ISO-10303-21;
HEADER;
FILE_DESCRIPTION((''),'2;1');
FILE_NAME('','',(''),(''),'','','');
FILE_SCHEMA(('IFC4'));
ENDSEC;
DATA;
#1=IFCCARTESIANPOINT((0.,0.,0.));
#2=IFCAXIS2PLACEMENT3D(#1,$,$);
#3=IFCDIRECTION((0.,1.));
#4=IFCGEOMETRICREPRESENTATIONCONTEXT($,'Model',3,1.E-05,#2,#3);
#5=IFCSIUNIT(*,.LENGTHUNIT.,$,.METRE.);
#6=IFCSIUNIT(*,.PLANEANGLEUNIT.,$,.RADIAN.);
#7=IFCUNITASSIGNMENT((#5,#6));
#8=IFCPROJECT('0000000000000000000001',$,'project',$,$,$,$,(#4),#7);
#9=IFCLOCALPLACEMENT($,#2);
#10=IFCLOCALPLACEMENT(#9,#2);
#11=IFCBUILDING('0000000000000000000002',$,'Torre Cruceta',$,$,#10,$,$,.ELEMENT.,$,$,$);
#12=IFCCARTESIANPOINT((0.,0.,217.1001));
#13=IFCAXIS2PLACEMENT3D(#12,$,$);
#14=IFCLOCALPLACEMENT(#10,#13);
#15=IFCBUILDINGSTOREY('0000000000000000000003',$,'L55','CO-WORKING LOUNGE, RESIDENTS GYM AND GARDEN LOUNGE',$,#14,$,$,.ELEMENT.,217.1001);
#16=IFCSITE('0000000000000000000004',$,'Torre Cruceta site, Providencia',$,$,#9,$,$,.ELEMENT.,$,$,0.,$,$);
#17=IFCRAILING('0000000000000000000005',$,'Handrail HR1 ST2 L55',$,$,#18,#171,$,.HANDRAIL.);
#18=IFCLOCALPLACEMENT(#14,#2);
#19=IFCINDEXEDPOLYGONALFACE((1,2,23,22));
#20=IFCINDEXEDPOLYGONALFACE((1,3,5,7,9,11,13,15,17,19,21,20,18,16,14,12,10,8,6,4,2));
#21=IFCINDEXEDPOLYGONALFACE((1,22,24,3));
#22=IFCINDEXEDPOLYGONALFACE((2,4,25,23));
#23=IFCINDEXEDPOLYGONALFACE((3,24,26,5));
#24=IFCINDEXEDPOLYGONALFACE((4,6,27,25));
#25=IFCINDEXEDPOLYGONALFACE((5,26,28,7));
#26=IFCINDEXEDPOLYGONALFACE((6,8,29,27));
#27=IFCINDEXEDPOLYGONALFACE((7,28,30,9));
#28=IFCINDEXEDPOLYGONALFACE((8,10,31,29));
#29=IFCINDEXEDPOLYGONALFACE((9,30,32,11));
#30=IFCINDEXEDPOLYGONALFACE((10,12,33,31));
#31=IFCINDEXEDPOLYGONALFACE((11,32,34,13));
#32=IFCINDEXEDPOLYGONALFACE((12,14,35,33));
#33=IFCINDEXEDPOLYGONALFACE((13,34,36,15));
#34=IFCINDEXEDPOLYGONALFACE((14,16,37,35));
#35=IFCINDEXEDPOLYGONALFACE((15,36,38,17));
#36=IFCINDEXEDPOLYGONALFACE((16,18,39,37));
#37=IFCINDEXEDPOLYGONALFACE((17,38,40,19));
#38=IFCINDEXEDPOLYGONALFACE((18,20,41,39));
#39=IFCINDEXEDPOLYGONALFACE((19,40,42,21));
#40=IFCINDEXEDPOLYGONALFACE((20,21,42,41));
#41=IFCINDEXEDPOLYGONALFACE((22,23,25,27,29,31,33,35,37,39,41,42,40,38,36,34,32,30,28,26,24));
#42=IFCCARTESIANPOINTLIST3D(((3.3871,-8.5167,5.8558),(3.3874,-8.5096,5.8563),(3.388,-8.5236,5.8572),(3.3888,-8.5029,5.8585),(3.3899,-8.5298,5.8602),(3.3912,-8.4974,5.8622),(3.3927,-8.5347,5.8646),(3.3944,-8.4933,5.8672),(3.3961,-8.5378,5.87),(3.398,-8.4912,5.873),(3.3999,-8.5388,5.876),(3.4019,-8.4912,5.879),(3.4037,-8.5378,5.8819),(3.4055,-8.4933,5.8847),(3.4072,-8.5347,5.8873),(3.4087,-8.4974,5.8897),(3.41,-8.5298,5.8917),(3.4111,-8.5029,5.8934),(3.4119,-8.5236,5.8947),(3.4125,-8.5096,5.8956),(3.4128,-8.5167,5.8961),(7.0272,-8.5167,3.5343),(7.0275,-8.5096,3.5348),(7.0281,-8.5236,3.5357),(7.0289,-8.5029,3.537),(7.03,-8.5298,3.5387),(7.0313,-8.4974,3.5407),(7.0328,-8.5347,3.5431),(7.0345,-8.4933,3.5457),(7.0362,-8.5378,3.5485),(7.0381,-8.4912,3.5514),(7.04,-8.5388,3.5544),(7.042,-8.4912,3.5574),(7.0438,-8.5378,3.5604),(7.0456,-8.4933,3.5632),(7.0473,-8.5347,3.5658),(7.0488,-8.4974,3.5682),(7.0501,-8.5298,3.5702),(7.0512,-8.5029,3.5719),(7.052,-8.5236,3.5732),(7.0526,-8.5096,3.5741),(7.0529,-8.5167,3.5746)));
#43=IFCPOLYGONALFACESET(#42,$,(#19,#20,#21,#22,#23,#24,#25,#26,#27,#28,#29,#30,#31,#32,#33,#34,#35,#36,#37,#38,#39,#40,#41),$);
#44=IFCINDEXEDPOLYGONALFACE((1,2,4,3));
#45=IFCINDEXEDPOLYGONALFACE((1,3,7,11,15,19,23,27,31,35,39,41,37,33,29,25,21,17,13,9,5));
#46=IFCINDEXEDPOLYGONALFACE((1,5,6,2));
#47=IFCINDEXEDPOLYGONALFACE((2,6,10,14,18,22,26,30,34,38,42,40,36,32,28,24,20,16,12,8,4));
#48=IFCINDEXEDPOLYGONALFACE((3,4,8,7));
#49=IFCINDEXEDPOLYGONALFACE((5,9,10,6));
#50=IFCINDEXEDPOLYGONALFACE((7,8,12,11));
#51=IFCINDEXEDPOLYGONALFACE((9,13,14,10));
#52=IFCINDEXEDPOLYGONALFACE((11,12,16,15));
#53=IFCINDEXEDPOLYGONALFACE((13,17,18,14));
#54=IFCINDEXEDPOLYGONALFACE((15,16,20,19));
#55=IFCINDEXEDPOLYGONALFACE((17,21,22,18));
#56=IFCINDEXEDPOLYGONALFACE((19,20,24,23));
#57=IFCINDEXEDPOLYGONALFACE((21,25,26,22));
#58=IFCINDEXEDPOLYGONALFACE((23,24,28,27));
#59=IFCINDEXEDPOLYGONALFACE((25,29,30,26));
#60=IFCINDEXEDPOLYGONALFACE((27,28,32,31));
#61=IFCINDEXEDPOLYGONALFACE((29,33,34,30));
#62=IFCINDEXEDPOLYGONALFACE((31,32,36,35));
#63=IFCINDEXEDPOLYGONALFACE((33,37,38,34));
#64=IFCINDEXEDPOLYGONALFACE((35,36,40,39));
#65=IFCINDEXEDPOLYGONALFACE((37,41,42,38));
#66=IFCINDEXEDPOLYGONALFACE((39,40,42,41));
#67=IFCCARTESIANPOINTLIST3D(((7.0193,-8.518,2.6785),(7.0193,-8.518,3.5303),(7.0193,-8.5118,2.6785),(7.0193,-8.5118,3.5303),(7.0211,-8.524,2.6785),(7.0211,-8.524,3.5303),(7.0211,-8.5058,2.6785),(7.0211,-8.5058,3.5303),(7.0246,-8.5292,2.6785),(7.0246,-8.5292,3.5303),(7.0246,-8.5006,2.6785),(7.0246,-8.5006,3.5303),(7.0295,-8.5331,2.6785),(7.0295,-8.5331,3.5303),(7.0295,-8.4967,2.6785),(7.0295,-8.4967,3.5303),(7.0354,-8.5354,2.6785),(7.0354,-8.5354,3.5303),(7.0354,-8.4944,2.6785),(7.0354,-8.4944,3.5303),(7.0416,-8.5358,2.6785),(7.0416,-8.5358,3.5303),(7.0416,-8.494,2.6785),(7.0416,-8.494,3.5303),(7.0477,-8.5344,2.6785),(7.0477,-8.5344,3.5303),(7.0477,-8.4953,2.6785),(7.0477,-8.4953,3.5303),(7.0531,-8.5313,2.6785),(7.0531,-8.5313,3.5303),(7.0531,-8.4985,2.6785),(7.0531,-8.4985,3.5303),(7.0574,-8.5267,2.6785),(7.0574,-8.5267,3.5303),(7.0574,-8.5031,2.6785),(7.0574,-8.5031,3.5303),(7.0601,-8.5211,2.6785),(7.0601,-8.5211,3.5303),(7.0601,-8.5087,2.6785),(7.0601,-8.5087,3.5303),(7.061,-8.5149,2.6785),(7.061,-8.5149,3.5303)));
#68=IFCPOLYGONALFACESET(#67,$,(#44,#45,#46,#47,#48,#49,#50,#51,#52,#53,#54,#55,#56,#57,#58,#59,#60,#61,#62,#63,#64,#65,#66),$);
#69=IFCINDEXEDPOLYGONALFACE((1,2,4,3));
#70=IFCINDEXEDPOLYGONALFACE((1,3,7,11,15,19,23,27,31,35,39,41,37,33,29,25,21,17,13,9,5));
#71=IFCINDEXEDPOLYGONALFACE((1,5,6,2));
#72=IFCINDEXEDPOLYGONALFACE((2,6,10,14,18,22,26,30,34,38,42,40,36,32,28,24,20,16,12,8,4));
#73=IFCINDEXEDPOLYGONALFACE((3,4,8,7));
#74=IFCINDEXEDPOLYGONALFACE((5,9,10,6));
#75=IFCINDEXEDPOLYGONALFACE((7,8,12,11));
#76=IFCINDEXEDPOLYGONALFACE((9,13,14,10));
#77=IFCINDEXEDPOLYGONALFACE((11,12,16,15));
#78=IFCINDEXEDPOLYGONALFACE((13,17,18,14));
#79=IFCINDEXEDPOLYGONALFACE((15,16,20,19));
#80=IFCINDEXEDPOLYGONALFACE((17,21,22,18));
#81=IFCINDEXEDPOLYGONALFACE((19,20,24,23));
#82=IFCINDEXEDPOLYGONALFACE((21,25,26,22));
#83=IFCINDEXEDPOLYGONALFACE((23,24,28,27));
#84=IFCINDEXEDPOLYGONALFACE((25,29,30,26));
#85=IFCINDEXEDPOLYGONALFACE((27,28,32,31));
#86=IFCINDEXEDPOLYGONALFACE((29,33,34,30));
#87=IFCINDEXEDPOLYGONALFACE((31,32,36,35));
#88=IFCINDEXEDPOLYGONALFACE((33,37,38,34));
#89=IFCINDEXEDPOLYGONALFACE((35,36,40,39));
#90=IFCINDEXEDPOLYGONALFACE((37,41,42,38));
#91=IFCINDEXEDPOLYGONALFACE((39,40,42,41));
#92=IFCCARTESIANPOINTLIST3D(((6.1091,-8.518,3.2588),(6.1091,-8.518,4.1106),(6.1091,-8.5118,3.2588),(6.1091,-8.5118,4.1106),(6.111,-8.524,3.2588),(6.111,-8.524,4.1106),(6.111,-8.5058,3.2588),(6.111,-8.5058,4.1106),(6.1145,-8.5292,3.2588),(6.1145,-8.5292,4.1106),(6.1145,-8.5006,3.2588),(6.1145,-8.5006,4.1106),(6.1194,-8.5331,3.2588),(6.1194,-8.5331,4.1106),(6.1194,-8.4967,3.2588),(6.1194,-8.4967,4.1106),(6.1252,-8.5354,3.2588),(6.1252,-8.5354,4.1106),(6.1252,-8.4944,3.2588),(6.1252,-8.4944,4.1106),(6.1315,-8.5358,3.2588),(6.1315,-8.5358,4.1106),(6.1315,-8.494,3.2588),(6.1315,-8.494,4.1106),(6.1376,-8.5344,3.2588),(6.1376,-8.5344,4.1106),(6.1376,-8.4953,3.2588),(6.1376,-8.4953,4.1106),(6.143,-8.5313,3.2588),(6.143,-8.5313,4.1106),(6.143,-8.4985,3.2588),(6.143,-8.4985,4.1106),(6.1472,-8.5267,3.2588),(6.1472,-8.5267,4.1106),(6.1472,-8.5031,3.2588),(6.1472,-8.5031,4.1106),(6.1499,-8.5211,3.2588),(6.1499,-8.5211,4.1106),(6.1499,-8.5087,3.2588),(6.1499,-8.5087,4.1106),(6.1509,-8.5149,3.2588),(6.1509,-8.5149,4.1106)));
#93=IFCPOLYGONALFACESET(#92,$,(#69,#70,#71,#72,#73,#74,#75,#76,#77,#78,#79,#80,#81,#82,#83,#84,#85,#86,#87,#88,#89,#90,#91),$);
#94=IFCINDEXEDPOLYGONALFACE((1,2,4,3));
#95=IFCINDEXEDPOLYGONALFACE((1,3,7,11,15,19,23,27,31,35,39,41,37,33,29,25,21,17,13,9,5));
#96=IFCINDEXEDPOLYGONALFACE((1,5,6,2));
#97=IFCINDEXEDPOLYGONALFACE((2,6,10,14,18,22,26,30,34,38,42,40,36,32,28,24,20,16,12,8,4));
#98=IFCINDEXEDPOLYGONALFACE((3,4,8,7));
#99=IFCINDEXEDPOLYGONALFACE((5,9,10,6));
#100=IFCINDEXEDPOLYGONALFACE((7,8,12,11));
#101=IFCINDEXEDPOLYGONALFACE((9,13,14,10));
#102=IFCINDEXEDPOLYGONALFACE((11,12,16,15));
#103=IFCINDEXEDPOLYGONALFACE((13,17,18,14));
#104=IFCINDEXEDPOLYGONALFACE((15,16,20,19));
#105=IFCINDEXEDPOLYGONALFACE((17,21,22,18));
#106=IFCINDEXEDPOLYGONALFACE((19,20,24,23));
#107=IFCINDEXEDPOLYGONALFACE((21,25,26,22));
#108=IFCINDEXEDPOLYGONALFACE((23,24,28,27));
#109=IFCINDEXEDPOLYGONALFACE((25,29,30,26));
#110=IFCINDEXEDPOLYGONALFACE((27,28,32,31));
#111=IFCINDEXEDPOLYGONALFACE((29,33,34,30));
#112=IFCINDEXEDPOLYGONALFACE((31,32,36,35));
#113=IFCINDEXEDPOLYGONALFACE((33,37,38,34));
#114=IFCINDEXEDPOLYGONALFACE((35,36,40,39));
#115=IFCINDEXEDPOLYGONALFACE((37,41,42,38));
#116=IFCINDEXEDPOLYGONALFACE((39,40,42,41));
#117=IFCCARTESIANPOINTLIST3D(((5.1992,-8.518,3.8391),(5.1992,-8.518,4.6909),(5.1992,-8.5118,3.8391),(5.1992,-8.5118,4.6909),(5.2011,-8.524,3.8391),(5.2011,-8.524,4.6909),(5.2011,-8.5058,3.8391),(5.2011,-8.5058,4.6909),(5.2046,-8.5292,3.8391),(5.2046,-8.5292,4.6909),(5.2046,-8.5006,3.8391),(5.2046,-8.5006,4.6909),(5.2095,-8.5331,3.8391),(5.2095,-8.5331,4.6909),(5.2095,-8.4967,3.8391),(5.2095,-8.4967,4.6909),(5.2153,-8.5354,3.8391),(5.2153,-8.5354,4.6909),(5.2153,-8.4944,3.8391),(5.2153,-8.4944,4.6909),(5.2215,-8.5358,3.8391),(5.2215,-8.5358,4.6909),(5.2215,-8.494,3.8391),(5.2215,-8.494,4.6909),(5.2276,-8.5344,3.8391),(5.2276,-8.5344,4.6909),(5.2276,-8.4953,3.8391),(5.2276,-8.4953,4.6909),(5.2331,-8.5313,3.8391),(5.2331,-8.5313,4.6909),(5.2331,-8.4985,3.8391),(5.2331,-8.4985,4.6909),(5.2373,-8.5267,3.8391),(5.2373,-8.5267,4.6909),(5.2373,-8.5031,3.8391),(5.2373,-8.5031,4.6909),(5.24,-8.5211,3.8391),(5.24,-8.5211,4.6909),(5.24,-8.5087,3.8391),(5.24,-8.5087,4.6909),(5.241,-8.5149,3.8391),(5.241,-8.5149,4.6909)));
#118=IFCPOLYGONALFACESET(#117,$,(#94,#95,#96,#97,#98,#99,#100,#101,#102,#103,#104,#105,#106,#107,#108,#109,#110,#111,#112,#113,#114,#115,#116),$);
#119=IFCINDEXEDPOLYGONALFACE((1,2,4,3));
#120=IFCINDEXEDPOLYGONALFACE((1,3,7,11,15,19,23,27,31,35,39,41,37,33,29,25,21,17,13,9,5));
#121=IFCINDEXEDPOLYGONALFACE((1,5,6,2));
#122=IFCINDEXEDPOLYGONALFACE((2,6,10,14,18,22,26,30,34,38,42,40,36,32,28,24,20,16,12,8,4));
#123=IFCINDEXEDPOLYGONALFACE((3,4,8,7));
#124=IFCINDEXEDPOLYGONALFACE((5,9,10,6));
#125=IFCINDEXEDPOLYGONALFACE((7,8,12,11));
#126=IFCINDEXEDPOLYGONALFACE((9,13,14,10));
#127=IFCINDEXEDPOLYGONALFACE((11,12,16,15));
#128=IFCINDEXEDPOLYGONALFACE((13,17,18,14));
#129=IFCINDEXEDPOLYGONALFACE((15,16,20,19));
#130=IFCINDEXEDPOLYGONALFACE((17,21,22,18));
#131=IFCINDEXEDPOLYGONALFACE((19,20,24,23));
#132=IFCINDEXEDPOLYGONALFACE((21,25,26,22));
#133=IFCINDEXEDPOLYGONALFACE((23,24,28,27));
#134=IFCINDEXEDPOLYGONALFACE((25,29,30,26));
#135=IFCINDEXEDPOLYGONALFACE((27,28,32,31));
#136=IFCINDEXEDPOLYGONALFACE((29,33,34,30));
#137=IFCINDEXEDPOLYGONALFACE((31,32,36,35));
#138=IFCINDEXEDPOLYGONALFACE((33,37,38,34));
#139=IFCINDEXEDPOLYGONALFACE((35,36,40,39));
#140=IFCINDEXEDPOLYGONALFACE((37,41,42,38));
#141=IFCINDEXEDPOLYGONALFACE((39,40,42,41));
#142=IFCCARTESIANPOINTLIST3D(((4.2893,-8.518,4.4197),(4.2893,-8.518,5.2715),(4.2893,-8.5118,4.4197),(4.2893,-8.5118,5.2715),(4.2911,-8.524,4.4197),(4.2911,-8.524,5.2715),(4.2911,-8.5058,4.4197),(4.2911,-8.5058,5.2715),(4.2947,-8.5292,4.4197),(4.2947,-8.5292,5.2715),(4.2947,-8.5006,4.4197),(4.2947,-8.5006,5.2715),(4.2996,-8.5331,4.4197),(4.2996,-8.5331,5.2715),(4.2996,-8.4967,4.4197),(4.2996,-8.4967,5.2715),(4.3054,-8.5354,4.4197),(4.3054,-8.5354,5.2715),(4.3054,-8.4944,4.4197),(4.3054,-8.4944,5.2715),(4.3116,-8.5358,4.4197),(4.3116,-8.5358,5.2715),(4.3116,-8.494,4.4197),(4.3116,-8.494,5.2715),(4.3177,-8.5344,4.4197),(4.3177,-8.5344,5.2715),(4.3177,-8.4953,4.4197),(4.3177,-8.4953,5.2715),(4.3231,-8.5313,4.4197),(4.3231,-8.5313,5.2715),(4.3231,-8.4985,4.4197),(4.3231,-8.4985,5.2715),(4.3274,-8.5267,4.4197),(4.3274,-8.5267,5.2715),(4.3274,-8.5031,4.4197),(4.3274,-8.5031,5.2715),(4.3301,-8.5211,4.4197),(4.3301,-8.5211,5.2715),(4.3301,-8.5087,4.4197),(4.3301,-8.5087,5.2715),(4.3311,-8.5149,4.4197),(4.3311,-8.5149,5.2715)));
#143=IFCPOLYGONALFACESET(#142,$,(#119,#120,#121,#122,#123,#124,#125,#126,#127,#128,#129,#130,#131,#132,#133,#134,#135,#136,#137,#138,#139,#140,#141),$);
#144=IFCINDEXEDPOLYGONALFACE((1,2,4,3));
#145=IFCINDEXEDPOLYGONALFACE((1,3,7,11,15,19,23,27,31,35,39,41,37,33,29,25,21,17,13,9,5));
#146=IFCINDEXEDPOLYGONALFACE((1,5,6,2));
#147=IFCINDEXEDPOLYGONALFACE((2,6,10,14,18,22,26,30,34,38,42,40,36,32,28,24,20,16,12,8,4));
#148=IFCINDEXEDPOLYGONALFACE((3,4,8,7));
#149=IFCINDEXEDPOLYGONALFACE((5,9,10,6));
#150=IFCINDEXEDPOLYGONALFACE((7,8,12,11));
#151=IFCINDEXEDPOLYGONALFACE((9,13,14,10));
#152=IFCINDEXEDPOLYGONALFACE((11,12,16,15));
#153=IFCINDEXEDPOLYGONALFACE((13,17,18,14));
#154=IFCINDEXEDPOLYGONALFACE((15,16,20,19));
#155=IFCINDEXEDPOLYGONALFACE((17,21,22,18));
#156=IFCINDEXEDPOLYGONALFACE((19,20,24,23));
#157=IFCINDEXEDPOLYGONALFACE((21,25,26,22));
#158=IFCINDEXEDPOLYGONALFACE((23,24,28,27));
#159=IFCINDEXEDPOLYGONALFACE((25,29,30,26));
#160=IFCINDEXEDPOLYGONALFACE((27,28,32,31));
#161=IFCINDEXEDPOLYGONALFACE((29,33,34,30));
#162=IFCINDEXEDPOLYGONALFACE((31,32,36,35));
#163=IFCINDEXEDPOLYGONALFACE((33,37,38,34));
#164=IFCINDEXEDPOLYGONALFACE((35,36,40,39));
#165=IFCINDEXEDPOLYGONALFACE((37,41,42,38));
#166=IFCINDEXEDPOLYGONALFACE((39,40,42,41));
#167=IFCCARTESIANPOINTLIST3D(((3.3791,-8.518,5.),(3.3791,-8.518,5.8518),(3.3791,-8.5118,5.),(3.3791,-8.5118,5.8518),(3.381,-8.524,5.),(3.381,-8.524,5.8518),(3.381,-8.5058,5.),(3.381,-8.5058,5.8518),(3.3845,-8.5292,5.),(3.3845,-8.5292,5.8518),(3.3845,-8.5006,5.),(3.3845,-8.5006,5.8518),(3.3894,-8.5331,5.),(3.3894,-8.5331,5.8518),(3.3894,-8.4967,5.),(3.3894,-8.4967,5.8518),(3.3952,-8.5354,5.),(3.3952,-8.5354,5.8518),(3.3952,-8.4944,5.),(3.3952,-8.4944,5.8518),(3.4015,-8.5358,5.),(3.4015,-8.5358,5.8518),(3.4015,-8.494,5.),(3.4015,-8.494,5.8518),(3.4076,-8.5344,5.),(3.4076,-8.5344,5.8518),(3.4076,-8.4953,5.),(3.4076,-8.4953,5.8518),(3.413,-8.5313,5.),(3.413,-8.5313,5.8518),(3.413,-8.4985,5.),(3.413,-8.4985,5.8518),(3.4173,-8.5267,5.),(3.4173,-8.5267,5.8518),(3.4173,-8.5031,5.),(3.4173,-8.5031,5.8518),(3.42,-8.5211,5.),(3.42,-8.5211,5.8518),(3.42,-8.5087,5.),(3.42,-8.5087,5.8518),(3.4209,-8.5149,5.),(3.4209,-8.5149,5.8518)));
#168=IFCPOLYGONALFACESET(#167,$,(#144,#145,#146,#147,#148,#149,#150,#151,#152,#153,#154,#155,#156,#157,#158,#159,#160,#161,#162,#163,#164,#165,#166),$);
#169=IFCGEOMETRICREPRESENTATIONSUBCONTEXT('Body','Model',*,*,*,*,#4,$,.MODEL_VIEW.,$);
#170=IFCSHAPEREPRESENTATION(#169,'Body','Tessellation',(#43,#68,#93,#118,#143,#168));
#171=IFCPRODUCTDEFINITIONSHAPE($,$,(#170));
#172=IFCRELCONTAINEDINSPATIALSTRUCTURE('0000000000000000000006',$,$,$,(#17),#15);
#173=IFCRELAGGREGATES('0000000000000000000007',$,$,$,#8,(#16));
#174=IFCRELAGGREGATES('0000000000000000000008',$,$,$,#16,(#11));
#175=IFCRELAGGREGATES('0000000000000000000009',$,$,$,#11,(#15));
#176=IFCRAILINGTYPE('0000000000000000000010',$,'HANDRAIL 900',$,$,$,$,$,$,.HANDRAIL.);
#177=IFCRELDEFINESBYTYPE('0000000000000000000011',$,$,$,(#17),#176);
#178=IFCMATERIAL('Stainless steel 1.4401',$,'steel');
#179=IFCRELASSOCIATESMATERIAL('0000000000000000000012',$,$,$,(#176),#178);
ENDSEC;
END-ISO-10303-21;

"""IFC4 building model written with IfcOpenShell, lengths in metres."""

from ifc_helpers import new_model, si_unit, direction, frame, origin, origin_2d, place, context, subcontext, project, spatial, circle, extrude, material, type_object, element, save


model = new_model("IFC4")

# Units and contexts
model_context = context("Model", 3, precision=1e-05, world=origin(), true_north=direction((0.0, 1.0)))
body_context = subcontext(model_context, "Body", "Model", "MODEL_VIEW")
ifc_project = project(units=[si_unit("LENGTHUNIT", "METRE"), si_unit("PLANEANGLEUNIT", "RADIAN")], contexts=[model_context])

# Site, building, storey
site_placement = place(None, origin())
site = spatial("IfcSite", under=ifc_project, at=site_placement, Name="Torre Cruceta site, Providencia", CompositionType="ELEMENT", RefElevation=0.0)
building_placement = place(site_placement, origin())
building = spatial("IfcBuilding", under=site, at=building_placement, Name="Torre Cruceta", CompositionType="ELEMENT")
storey_placement = place(building_placement, frame((0.0, 0.0, 217.1001)))
storey = spatial("IfcBuildingStorey", under=building, at=storey_placement, Name="L55", Description="CO-WORKING LOUNGE, RESIDENTS GYM AND GARDEN LOUNGE", CompositionType="ELEMENT", Elevation=217.1001)

# Railing
ifc_material_1 = material(Name="Stainless steel 1.4401", Category="steel")
railing_type = type_object("IfcRailingType", Name="HANDRAIL 900", PredefinedType="HANDRAIL", material=ifc_material_1)
railing_1_placement = place(storey_placement, frame((7.04, -8.5149, 2.6785)))
element("IfcRailing", 1, at=railing_1_placement, inside=storey, type_object=railing_type, Name="Handrail HR1 ST2 L55", PredefinedType="HANDRAIL", context=body_context, shape_type="SweptSolid", body=[
    extrude(circle(Radius=0.0239, at=origin_2d()), frame((0.0, 0.0, 0.876), z_axis=(-0.843128, 0.0, 0.537713), x_axis=(0.0, -1.0, 0.0)), (0.0, 0.0, 1.0), 4.3174),
    extrude(circle(Radius=0.021, at=origin_2d()), origin(), (0.0, 0.0, 1.0), 0.8518),
    extrude(circle(Radius=0.021, at=origin_2d()), frame((-0.9102, 0.0, 0.5803)), (0.0, 0.0, 1.0), 0.8518),
    extrude(circle(Radius=0.021, at=origin_2d()), frame((-1.8201, 0.0, 1.1606)), (0.0, 0.0, 1.0), 0.8518),
    extrude(circle(Radius=0.021, at=origin_2d()), frame((-2.73, 0.0, 1.7412)), (0.0, 0.0, 1.0), 0.8518),
    extrude(circle(Radius=0.021, at=origin_2d()), frame((-3.6401, 0.0, 2.3215)), (0.0, 0.0, 1.0), 0.8518),
])

save(model, "model.ifc")
